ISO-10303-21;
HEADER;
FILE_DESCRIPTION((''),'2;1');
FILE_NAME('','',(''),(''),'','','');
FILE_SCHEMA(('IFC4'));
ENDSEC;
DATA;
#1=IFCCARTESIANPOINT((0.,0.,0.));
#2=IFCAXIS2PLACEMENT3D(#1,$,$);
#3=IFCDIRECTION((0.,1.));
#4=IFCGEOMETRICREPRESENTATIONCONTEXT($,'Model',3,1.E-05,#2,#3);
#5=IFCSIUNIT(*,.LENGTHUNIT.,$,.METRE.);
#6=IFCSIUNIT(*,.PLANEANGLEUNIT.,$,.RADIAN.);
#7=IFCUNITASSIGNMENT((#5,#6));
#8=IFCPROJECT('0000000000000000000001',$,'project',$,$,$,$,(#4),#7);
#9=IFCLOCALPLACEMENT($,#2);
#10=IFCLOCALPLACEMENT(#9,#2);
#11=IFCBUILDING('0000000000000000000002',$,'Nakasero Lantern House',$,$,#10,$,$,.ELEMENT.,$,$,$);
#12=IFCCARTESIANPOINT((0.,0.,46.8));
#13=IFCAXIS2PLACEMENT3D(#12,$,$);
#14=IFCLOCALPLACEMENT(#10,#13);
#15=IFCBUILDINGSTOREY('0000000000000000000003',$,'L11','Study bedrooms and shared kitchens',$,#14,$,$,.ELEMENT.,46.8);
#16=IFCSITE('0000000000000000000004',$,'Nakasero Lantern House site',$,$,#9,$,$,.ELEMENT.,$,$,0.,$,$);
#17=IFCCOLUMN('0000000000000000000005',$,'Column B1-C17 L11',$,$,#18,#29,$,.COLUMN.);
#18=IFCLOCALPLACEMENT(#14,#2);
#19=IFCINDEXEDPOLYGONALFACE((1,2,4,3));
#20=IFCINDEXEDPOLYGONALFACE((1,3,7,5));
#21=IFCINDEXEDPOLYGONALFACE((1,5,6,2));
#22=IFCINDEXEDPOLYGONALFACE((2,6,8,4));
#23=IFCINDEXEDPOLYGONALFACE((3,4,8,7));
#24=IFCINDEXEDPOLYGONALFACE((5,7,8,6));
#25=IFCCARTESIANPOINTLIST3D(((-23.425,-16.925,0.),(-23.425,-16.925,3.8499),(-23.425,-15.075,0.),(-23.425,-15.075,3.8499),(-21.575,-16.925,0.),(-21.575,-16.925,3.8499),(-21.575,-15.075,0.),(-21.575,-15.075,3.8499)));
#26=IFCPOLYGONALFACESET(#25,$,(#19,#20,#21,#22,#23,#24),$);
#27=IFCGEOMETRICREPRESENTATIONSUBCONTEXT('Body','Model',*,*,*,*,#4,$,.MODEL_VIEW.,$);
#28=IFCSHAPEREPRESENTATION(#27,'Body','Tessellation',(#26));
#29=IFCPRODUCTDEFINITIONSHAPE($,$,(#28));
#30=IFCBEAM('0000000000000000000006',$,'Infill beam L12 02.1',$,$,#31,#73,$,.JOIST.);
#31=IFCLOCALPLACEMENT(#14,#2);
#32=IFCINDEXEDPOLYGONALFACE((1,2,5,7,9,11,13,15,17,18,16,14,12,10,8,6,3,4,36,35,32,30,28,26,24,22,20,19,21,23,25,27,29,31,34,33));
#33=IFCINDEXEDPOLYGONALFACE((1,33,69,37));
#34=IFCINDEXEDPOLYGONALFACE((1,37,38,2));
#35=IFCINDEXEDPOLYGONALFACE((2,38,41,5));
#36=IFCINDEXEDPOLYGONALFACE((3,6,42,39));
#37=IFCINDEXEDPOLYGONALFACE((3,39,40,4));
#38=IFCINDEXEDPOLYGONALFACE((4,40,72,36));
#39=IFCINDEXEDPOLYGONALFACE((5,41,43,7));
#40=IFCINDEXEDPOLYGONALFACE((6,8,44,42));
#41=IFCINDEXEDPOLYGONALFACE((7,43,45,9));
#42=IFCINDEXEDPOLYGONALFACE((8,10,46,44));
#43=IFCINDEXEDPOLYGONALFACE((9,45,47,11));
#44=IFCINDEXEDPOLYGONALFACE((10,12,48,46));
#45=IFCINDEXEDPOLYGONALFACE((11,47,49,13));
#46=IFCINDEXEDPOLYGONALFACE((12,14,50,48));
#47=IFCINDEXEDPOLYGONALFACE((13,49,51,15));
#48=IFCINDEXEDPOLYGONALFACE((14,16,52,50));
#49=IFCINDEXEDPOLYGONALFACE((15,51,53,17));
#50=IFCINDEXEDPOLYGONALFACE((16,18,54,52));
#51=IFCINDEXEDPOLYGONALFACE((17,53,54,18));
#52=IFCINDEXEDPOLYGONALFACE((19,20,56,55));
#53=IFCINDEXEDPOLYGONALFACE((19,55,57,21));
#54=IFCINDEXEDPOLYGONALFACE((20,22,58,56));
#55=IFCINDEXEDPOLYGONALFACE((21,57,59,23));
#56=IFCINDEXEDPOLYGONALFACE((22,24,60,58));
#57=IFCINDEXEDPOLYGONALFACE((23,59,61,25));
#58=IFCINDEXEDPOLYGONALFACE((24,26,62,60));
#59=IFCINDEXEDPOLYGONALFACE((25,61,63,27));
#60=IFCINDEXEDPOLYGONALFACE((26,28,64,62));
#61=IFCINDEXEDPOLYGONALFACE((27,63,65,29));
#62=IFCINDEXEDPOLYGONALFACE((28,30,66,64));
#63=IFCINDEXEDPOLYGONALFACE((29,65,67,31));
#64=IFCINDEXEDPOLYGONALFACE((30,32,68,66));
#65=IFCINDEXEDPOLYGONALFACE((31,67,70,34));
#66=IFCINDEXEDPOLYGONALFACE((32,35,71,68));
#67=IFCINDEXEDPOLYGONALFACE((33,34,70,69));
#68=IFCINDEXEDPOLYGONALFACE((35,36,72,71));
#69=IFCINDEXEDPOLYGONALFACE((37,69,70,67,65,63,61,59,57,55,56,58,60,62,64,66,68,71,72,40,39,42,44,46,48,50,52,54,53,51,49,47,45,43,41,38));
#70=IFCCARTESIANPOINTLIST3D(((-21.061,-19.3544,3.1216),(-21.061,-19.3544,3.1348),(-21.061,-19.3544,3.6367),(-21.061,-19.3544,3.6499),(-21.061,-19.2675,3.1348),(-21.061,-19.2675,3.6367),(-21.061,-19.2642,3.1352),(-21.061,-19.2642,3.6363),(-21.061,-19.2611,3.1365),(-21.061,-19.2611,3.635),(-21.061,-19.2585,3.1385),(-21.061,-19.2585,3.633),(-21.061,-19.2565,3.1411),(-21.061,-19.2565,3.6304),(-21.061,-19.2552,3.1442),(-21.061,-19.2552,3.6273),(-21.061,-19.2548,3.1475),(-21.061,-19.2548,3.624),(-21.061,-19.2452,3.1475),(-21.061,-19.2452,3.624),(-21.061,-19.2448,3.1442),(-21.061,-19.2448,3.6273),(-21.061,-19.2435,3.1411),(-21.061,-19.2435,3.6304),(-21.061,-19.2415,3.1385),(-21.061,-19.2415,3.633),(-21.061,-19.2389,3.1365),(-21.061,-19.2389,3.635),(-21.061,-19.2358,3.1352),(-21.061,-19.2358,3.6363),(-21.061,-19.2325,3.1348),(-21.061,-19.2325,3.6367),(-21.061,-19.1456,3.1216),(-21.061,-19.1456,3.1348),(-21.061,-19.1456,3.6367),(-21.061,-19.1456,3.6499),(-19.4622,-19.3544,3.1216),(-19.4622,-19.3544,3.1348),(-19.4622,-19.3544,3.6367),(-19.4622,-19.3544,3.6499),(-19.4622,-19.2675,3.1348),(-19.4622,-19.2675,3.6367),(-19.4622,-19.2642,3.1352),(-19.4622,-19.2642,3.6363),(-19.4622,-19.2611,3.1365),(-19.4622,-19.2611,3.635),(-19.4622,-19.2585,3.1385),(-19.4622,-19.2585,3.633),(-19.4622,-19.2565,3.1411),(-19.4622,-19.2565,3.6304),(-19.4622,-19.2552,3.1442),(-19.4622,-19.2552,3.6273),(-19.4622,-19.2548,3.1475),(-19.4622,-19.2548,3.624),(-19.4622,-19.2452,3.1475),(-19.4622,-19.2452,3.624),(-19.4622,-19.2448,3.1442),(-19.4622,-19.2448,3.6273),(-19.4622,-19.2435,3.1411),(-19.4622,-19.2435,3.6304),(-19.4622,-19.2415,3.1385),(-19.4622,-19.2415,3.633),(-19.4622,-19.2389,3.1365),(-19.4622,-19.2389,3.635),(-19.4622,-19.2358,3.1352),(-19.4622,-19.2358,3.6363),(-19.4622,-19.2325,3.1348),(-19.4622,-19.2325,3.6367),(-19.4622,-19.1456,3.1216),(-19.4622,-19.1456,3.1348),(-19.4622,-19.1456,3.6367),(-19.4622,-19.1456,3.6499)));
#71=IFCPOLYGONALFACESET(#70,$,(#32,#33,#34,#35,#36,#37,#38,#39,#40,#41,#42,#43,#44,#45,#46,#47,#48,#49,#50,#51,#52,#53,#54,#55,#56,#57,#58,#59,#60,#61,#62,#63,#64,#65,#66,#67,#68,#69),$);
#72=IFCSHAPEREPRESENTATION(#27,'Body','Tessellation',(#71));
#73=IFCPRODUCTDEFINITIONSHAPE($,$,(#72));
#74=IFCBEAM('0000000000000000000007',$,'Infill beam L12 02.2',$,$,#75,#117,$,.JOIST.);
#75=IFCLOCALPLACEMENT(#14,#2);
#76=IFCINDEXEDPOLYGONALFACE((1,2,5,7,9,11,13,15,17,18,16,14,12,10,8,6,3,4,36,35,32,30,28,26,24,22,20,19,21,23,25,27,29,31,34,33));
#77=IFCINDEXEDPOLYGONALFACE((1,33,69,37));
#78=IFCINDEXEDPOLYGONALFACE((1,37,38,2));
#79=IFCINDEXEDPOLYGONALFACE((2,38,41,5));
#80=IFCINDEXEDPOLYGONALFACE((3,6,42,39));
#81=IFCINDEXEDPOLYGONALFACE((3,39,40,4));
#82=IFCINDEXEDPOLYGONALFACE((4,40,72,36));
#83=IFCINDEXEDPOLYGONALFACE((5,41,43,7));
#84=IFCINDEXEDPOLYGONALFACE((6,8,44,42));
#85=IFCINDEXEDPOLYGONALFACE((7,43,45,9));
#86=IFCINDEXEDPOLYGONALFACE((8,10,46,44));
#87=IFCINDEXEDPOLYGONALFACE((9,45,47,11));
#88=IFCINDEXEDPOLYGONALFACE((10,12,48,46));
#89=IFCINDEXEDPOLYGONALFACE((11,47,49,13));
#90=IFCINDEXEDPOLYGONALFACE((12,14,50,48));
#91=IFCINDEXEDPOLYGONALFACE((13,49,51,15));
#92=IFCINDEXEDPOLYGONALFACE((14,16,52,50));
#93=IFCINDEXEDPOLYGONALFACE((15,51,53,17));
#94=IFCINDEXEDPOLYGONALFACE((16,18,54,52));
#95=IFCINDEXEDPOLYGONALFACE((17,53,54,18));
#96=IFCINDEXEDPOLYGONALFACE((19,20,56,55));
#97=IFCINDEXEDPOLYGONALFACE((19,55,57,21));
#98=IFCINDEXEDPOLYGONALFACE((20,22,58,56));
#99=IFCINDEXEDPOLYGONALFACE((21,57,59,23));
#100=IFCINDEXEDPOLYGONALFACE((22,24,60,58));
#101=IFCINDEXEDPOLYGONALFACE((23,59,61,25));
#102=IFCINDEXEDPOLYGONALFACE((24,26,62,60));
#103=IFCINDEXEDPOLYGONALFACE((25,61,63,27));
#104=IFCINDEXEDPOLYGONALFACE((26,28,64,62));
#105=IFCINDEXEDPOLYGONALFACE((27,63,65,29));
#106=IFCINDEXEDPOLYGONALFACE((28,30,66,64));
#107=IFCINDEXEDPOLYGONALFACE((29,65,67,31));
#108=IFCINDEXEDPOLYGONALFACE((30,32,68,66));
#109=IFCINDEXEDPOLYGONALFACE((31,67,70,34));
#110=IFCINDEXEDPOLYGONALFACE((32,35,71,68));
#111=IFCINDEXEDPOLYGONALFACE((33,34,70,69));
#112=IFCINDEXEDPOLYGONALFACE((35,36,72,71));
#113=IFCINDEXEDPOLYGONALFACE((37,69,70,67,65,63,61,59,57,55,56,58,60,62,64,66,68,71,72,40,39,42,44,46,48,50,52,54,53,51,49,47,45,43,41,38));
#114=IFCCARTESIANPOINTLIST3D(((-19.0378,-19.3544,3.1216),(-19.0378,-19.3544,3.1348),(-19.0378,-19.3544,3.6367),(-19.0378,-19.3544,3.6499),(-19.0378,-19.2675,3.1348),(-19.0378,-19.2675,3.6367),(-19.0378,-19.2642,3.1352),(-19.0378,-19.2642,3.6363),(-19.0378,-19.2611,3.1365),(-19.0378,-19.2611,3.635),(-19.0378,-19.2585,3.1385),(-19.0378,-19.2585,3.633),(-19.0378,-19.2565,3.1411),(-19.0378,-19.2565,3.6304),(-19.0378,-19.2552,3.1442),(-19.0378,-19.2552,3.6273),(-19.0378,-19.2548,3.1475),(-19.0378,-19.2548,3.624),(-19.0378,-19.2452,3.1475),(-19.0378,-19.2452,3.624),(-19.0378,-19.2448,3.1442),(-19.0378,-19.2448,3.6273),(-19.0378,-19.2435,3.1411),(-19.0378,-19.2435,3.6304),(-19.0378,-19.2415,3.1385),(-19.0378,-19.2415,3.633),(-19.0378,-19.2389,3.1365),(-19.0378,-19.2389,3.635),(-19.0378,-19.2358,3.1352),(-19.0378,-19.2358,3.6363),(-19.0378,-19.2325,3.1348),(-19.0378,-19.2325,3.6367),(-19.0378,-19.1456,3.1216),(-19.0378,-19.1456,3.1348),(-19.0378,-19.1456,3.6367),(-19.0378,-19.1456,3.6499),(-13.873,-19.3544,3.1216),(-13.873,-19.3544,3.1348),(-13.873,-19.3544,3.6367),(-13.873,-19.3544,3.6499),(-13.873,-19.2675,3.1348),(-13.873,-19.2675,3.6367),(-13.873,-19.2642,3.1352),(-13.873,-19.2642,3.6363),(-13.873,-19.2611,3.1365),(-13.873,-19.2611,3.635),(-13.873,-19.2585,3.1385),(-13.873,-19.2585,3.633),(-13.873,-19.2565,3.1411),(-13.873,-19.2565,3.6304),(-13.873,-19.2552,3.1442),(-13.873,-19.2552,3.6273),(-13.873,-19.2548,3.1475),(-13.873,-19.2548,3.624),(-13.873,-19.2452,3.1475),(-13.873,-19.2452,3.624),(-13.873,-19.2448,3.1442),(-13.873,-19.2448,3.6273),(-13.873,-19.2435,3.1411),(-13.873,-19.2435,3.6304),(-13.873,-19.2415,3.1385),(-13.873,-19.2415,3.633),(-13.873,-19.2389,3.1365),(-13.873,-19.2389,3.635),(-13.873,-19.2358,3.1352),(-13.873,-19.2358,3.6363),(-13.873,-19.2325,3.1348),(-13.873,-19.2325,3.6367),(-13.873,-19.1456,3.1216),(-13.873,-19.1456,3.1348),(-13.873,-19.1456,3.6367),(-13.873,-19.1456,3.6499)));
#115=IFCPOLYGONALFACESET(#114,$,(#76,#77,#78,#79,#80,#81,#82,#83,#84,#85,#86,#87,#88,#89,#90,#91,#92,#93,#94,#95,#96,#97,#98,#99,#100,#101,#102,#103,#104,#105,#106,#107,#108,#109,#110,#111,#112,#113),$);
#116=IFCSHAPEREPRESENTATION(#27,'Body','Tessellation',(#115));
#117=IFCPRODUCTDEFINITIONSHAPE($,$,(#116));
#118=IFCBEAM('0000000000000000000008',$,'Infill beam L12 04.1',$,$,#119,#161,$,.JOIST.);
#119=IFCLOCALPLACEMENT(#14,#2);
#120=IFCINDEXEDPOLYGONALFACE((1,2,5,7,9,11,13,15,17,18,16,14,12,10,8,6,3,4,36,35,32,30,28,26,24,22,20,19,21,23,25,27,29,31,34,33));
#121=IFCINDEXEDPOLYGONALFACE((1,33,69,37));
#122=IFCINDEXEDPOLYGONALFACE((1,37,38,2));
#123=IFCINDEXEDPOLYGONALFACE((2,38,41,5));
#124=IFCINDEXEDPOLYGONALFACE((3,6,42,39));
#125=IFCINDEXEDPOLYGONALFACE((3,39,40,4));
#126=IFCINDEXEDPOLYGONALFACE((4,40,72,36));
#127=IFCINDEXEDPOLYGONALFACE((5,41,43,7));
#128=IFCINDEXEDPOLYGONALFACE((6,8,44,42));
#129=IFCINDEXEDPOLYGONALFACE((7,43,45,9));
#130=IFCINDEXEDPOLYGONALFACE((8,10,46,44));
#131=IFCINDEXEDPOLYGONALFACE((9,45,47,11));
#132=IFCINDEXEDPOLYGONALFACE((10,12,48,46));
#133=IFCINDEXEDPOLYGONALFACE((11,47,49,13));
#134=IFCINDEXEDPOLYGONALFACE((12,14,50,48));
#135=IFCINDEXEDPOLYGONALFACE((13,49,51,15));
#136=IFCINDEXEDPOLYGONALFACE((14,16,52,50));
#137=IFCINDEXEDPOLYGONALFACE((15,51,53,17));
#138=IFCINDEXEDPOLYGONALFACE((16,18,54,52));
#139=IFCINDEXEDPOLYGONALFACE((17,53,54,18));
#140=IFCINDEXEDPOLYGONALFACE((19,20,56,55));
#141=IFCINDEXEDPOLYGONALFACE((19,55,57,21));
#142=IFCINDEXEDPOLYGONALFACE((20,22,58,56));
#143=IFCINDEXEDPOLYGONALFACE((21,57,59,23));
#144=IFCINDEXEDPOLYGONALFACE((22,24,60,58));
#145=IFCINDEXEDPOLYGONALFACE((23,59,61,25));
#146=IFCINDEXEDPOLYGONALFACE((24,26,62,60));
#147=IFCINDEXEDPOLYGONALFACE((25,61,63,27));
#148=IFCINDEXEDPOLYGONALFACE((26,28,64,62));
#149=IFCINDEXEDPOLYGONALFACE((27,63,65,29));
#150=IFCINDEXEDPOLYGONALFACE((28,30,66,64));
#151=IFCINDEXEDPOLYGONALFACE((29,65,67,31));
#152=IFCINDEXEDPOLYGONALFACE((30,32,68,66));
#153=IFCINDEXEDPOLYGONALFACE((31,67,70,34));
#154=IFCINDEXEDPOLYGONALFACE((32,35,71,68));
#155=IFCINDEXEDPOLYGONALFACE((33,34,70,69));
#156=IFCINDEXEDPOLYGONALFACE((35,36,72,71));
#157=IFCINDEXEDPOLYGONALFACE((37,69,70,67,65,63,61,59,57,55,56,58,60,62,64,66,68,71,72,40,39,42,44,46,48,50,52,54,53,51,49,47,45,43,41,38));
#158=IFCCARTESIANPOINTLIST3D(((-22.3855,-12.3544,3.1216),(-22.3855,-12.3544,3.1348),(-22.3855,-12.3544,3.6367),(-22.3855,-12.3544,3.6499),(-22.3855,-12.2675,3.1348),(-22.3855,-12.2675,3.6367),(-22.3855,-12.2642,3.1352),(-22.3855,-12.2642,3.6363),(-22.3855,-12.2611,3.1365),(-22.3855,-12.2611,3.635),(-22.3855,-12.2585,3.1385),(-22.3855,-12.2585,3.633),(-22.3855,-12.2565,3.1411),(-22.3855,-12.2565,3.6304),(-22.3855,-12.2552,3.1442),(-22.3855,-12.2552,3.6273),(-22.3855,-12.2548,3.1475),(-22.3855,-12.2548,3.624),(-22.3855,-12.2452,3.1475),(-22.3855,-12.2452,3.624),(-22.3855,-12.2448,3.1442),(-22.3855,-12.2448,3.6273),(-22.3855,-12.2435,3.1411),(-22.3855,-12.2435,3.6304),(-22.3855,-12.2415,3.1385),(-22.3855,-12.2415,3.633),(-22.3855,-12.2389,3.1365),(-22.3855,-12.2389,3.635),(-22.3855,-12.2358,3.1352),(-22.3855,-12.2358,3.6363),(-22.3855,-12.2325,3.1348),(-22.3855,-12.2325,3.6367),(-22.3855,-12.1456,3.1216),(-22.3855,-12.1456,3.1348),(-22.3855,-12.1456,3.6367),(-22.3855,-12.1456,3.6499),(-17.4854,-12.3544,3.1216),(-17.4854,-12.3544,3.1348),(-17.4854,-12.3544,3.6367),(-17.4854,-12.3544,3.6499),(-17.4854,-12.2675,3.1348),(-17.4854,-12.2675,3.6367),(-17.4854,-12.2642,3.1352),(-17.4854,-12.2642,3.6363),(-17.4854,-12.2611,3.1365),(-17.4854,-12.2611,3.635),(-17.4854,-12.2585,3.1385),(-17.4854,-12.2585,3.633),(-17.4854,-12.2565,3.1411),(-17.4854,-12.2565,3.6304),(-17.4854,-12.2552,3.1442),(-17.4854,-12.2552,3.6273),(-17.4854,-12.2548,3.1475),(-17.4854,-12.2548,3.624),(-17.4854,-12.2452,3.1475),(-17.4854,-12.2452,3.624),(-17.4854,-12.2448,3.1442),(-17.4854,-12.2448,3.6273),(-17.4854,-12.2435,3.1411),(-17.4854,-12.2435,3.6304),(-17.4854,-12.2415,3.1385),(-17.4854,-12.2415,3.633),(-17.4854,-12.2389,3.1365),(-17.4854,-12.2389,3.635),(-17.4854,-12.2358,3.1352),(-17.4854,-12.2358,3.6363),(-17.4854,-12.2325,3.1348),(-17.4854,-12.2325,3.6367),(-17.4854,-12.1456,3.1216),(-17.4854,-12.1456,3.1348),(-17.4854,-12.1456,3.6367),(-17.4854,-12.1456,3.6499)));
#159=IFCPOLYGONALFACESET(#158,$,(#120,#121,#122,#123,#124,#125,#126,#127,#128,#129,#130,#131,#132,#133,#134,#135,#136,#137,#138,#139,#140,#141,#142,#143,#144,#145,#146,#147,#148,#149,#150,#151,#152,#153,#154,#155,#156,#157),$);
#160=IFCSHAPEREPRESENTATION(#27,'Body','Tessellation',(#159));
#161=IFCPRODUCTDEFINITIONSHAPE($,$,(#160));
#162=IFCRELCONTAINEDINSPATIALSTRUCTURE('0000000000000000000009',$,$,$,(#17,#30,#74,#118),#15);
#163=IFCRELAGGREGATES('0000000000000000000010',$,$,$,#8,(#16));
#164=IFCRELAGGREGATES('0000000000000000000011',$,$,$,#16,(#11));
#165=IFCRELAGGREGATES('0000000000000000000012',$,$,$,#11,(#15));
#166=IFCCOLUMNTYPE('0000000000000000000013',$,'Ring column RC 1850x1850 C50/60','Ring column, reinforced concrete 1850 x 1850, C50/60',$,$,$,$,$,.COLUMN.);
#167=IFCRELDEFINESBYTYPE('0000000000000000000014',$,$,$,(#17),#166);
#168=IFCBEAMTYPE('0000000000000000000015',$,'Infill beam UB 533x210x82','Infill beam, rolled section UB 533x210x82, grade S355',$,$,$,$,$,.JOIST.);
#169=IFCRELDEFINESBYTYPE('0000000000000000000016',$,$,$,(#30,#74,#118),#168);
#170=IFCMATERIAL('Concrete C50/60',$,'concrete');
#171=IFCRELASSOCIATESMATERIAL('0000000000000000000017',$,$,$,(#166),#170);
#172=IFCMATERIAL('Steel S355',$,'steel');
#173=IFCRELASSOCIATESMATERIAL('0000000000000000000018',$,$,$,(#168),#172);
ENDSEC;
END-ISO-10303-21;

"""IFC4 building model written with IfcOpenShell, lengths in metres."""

from ifc_helpers import new_model, si_unit, direction, frame, origin, origin_2d, place, context, subcontext, project, spatial, rectangle, i_section, extrude, material, material_profile, profile_set, type_object, element, save


model = new_model("IFC4")

# Units and contexts
model_context = context("Model", 3, precision=1e-05, world=origin(), true_north=direction((0.0, 1.0)))
body_context = subcontext(model_context, "Body", "Model", "MODEL_VIEW")
ifc_project = project(units=[si_unit("LENGTHUNIT", "METRE"), si_unit("PLANEANGLEUNIT", "RADIAN")], contexts=[model_context])

# Site, building, storey
site_placement = place(None, origin())
site = spatial("IfcSite", under=ifc_project, at=site_placement, Name="Nakasero Lantern House site", CompositionType="ELEMENT", RefElevation=0.0)
building_placement = place(site_placement, origin())
building = spatial("IfcBuilding", under=site, at=building_placement, Name="Nakasero Lantern House", CompositionType="ELEMENT")
storey_placement = place(building_placement, frame((0.0, 0.0, 46.8)))
storey = spatial("IfcBuildingStorey", under=building, at=storey_placement, Name="L11", Description="Study bedrooms and shared kitchens", CompositionType="ELEMENT", Elevation=46.8)

# Column
ifc_material_1 = material(Name="Concrete C50/60", Category="concrete")
ifc_material_profile_1 = material_profile(ifc_material_1, rectangle(XDim=1.8501, YDim=1.8501, at=origin_2d()), Name="RC 1850x1850")
ifc_profile_set_1 = profile_set([ifc_material_profile_1], Name="Concrete C50/60")
column_type = type_object("IfcColumnType", Name="Ring column RC 1850x1850 C50/60", Description="Ring column, reinforced concrete 1850 x 1850, C50/60", PredefinedType="COLUMN", material=ifc_profile_set_1)
column_placement = place(storey_placement, frame((-22.5, -16.0, 0.0), z_axis=(0.0, 0.0, 1.0), x_axis=(1.0, 0.0, 0.0)))
element("IfcColumn", 1, at=column_placement, inside=storey, type_object=column_type, Name="Column B1-C17 L11", PredefinedType="COLUMN", context=body_context, shape_type="SweptSolid", body=[
    extrude(rectangle(XDim=1.8501, YDim=1.8501, at=origin_2d()), origin(), (0.0, 0.0, 1.0), 3.8499),
])

# Beams
ifc_material_2 = material(Name="Steel S355", Category="steel")
ifc_material_profile_2 = material_profile(ifc_material_2, i_section(OverallWidth=0.2087, OverallDepth=0.5283, WebThickness=0.0095, FlangeThickness=0.0132, FilletRadius=0.0127, at=origin_2d()), Name="UB 533x210x82")
ifc_profile_set_2 = profile_set([ifc_material_profile_2], Name="Steel S355")
beam_type_1 = type_object("IfcBeamType", Name="Infill beam UB 533x210x82", Description="Infill beam, rolled section UB 533x210x82, grade S355", PredefinedType="JOIST", material=ifc_profile_set_2)
beam_1_placement = place(storey_placement, frame((-21.061, -19.25, 3.3857), z_axis=(1.0, 0.0, 0.0), x_axis=(0.0, 1.0, 0.0)))
element("IfcBeam", 2, at=beam_1_placement, inside=storey, type_object=beam_type_1, Name="Infill beam L12 02.1", PredefinedType="JOIST", context=body_context, shape_type="SweptSolid", body=[
    extrude(i_section(OverallWidth=0.2087, OverallDepth=0.5283, WebThickness=0.0095, FlangeThickness=0.0132, FilletRadius=0.0127, at=origin_2d()), origin(), (0.0, 0.0, 1.0), 1.5989),
])
beam_2_placement = place(storey_placement, frame((-19.0378, -19.25, 3.3857), z_axis=(1.0, 0.0, 0.0), x_axis=(0.0, 1.0, 0.0)))
element("IfcBeam", 3, at=beam_2_placement, inside=storey, type_object=beam_type_1, Name="Infill beam L12 02.2", PredefinedType="JOIST", context=body_context, shape_type="SweptSolid", body=[
    extrude(i_section(OverallWidth=0.2087, OverallDepth=0.5283, WebThickness=0.0095, FlangeThickness=0.0132, FilletRadius=0.0127, at=origin_2d()), origin(), (0.0, 0.0, 1.0), 5.1648),
])
beam_3_placement = place(storey_placement, frame((-22.3855, -12.25, 3.3857), z_axis=(1.0, 0.0, 0.0), x_axis=(0.0, 1.0, 0.0)))
element("IfcBeam", 4, at=beam_3_placement, inside=storey, type_object=beam_type_1, Name="Infill beam L12 04.1", PredefinedType="JOIST", context=body_context, shape_type="SweptSolid", body=[
    extrude(i_section(OverallWidth=0.2087, OverallDepth=0.5283, WebThickness=0.0095, FlangeThickness=0.0132, FilletRadius=0.0127, at=origin_2d()), origin(), (0.0, 0.0, 1.0), 4.9001),
])

save(model, "model.ifc")
